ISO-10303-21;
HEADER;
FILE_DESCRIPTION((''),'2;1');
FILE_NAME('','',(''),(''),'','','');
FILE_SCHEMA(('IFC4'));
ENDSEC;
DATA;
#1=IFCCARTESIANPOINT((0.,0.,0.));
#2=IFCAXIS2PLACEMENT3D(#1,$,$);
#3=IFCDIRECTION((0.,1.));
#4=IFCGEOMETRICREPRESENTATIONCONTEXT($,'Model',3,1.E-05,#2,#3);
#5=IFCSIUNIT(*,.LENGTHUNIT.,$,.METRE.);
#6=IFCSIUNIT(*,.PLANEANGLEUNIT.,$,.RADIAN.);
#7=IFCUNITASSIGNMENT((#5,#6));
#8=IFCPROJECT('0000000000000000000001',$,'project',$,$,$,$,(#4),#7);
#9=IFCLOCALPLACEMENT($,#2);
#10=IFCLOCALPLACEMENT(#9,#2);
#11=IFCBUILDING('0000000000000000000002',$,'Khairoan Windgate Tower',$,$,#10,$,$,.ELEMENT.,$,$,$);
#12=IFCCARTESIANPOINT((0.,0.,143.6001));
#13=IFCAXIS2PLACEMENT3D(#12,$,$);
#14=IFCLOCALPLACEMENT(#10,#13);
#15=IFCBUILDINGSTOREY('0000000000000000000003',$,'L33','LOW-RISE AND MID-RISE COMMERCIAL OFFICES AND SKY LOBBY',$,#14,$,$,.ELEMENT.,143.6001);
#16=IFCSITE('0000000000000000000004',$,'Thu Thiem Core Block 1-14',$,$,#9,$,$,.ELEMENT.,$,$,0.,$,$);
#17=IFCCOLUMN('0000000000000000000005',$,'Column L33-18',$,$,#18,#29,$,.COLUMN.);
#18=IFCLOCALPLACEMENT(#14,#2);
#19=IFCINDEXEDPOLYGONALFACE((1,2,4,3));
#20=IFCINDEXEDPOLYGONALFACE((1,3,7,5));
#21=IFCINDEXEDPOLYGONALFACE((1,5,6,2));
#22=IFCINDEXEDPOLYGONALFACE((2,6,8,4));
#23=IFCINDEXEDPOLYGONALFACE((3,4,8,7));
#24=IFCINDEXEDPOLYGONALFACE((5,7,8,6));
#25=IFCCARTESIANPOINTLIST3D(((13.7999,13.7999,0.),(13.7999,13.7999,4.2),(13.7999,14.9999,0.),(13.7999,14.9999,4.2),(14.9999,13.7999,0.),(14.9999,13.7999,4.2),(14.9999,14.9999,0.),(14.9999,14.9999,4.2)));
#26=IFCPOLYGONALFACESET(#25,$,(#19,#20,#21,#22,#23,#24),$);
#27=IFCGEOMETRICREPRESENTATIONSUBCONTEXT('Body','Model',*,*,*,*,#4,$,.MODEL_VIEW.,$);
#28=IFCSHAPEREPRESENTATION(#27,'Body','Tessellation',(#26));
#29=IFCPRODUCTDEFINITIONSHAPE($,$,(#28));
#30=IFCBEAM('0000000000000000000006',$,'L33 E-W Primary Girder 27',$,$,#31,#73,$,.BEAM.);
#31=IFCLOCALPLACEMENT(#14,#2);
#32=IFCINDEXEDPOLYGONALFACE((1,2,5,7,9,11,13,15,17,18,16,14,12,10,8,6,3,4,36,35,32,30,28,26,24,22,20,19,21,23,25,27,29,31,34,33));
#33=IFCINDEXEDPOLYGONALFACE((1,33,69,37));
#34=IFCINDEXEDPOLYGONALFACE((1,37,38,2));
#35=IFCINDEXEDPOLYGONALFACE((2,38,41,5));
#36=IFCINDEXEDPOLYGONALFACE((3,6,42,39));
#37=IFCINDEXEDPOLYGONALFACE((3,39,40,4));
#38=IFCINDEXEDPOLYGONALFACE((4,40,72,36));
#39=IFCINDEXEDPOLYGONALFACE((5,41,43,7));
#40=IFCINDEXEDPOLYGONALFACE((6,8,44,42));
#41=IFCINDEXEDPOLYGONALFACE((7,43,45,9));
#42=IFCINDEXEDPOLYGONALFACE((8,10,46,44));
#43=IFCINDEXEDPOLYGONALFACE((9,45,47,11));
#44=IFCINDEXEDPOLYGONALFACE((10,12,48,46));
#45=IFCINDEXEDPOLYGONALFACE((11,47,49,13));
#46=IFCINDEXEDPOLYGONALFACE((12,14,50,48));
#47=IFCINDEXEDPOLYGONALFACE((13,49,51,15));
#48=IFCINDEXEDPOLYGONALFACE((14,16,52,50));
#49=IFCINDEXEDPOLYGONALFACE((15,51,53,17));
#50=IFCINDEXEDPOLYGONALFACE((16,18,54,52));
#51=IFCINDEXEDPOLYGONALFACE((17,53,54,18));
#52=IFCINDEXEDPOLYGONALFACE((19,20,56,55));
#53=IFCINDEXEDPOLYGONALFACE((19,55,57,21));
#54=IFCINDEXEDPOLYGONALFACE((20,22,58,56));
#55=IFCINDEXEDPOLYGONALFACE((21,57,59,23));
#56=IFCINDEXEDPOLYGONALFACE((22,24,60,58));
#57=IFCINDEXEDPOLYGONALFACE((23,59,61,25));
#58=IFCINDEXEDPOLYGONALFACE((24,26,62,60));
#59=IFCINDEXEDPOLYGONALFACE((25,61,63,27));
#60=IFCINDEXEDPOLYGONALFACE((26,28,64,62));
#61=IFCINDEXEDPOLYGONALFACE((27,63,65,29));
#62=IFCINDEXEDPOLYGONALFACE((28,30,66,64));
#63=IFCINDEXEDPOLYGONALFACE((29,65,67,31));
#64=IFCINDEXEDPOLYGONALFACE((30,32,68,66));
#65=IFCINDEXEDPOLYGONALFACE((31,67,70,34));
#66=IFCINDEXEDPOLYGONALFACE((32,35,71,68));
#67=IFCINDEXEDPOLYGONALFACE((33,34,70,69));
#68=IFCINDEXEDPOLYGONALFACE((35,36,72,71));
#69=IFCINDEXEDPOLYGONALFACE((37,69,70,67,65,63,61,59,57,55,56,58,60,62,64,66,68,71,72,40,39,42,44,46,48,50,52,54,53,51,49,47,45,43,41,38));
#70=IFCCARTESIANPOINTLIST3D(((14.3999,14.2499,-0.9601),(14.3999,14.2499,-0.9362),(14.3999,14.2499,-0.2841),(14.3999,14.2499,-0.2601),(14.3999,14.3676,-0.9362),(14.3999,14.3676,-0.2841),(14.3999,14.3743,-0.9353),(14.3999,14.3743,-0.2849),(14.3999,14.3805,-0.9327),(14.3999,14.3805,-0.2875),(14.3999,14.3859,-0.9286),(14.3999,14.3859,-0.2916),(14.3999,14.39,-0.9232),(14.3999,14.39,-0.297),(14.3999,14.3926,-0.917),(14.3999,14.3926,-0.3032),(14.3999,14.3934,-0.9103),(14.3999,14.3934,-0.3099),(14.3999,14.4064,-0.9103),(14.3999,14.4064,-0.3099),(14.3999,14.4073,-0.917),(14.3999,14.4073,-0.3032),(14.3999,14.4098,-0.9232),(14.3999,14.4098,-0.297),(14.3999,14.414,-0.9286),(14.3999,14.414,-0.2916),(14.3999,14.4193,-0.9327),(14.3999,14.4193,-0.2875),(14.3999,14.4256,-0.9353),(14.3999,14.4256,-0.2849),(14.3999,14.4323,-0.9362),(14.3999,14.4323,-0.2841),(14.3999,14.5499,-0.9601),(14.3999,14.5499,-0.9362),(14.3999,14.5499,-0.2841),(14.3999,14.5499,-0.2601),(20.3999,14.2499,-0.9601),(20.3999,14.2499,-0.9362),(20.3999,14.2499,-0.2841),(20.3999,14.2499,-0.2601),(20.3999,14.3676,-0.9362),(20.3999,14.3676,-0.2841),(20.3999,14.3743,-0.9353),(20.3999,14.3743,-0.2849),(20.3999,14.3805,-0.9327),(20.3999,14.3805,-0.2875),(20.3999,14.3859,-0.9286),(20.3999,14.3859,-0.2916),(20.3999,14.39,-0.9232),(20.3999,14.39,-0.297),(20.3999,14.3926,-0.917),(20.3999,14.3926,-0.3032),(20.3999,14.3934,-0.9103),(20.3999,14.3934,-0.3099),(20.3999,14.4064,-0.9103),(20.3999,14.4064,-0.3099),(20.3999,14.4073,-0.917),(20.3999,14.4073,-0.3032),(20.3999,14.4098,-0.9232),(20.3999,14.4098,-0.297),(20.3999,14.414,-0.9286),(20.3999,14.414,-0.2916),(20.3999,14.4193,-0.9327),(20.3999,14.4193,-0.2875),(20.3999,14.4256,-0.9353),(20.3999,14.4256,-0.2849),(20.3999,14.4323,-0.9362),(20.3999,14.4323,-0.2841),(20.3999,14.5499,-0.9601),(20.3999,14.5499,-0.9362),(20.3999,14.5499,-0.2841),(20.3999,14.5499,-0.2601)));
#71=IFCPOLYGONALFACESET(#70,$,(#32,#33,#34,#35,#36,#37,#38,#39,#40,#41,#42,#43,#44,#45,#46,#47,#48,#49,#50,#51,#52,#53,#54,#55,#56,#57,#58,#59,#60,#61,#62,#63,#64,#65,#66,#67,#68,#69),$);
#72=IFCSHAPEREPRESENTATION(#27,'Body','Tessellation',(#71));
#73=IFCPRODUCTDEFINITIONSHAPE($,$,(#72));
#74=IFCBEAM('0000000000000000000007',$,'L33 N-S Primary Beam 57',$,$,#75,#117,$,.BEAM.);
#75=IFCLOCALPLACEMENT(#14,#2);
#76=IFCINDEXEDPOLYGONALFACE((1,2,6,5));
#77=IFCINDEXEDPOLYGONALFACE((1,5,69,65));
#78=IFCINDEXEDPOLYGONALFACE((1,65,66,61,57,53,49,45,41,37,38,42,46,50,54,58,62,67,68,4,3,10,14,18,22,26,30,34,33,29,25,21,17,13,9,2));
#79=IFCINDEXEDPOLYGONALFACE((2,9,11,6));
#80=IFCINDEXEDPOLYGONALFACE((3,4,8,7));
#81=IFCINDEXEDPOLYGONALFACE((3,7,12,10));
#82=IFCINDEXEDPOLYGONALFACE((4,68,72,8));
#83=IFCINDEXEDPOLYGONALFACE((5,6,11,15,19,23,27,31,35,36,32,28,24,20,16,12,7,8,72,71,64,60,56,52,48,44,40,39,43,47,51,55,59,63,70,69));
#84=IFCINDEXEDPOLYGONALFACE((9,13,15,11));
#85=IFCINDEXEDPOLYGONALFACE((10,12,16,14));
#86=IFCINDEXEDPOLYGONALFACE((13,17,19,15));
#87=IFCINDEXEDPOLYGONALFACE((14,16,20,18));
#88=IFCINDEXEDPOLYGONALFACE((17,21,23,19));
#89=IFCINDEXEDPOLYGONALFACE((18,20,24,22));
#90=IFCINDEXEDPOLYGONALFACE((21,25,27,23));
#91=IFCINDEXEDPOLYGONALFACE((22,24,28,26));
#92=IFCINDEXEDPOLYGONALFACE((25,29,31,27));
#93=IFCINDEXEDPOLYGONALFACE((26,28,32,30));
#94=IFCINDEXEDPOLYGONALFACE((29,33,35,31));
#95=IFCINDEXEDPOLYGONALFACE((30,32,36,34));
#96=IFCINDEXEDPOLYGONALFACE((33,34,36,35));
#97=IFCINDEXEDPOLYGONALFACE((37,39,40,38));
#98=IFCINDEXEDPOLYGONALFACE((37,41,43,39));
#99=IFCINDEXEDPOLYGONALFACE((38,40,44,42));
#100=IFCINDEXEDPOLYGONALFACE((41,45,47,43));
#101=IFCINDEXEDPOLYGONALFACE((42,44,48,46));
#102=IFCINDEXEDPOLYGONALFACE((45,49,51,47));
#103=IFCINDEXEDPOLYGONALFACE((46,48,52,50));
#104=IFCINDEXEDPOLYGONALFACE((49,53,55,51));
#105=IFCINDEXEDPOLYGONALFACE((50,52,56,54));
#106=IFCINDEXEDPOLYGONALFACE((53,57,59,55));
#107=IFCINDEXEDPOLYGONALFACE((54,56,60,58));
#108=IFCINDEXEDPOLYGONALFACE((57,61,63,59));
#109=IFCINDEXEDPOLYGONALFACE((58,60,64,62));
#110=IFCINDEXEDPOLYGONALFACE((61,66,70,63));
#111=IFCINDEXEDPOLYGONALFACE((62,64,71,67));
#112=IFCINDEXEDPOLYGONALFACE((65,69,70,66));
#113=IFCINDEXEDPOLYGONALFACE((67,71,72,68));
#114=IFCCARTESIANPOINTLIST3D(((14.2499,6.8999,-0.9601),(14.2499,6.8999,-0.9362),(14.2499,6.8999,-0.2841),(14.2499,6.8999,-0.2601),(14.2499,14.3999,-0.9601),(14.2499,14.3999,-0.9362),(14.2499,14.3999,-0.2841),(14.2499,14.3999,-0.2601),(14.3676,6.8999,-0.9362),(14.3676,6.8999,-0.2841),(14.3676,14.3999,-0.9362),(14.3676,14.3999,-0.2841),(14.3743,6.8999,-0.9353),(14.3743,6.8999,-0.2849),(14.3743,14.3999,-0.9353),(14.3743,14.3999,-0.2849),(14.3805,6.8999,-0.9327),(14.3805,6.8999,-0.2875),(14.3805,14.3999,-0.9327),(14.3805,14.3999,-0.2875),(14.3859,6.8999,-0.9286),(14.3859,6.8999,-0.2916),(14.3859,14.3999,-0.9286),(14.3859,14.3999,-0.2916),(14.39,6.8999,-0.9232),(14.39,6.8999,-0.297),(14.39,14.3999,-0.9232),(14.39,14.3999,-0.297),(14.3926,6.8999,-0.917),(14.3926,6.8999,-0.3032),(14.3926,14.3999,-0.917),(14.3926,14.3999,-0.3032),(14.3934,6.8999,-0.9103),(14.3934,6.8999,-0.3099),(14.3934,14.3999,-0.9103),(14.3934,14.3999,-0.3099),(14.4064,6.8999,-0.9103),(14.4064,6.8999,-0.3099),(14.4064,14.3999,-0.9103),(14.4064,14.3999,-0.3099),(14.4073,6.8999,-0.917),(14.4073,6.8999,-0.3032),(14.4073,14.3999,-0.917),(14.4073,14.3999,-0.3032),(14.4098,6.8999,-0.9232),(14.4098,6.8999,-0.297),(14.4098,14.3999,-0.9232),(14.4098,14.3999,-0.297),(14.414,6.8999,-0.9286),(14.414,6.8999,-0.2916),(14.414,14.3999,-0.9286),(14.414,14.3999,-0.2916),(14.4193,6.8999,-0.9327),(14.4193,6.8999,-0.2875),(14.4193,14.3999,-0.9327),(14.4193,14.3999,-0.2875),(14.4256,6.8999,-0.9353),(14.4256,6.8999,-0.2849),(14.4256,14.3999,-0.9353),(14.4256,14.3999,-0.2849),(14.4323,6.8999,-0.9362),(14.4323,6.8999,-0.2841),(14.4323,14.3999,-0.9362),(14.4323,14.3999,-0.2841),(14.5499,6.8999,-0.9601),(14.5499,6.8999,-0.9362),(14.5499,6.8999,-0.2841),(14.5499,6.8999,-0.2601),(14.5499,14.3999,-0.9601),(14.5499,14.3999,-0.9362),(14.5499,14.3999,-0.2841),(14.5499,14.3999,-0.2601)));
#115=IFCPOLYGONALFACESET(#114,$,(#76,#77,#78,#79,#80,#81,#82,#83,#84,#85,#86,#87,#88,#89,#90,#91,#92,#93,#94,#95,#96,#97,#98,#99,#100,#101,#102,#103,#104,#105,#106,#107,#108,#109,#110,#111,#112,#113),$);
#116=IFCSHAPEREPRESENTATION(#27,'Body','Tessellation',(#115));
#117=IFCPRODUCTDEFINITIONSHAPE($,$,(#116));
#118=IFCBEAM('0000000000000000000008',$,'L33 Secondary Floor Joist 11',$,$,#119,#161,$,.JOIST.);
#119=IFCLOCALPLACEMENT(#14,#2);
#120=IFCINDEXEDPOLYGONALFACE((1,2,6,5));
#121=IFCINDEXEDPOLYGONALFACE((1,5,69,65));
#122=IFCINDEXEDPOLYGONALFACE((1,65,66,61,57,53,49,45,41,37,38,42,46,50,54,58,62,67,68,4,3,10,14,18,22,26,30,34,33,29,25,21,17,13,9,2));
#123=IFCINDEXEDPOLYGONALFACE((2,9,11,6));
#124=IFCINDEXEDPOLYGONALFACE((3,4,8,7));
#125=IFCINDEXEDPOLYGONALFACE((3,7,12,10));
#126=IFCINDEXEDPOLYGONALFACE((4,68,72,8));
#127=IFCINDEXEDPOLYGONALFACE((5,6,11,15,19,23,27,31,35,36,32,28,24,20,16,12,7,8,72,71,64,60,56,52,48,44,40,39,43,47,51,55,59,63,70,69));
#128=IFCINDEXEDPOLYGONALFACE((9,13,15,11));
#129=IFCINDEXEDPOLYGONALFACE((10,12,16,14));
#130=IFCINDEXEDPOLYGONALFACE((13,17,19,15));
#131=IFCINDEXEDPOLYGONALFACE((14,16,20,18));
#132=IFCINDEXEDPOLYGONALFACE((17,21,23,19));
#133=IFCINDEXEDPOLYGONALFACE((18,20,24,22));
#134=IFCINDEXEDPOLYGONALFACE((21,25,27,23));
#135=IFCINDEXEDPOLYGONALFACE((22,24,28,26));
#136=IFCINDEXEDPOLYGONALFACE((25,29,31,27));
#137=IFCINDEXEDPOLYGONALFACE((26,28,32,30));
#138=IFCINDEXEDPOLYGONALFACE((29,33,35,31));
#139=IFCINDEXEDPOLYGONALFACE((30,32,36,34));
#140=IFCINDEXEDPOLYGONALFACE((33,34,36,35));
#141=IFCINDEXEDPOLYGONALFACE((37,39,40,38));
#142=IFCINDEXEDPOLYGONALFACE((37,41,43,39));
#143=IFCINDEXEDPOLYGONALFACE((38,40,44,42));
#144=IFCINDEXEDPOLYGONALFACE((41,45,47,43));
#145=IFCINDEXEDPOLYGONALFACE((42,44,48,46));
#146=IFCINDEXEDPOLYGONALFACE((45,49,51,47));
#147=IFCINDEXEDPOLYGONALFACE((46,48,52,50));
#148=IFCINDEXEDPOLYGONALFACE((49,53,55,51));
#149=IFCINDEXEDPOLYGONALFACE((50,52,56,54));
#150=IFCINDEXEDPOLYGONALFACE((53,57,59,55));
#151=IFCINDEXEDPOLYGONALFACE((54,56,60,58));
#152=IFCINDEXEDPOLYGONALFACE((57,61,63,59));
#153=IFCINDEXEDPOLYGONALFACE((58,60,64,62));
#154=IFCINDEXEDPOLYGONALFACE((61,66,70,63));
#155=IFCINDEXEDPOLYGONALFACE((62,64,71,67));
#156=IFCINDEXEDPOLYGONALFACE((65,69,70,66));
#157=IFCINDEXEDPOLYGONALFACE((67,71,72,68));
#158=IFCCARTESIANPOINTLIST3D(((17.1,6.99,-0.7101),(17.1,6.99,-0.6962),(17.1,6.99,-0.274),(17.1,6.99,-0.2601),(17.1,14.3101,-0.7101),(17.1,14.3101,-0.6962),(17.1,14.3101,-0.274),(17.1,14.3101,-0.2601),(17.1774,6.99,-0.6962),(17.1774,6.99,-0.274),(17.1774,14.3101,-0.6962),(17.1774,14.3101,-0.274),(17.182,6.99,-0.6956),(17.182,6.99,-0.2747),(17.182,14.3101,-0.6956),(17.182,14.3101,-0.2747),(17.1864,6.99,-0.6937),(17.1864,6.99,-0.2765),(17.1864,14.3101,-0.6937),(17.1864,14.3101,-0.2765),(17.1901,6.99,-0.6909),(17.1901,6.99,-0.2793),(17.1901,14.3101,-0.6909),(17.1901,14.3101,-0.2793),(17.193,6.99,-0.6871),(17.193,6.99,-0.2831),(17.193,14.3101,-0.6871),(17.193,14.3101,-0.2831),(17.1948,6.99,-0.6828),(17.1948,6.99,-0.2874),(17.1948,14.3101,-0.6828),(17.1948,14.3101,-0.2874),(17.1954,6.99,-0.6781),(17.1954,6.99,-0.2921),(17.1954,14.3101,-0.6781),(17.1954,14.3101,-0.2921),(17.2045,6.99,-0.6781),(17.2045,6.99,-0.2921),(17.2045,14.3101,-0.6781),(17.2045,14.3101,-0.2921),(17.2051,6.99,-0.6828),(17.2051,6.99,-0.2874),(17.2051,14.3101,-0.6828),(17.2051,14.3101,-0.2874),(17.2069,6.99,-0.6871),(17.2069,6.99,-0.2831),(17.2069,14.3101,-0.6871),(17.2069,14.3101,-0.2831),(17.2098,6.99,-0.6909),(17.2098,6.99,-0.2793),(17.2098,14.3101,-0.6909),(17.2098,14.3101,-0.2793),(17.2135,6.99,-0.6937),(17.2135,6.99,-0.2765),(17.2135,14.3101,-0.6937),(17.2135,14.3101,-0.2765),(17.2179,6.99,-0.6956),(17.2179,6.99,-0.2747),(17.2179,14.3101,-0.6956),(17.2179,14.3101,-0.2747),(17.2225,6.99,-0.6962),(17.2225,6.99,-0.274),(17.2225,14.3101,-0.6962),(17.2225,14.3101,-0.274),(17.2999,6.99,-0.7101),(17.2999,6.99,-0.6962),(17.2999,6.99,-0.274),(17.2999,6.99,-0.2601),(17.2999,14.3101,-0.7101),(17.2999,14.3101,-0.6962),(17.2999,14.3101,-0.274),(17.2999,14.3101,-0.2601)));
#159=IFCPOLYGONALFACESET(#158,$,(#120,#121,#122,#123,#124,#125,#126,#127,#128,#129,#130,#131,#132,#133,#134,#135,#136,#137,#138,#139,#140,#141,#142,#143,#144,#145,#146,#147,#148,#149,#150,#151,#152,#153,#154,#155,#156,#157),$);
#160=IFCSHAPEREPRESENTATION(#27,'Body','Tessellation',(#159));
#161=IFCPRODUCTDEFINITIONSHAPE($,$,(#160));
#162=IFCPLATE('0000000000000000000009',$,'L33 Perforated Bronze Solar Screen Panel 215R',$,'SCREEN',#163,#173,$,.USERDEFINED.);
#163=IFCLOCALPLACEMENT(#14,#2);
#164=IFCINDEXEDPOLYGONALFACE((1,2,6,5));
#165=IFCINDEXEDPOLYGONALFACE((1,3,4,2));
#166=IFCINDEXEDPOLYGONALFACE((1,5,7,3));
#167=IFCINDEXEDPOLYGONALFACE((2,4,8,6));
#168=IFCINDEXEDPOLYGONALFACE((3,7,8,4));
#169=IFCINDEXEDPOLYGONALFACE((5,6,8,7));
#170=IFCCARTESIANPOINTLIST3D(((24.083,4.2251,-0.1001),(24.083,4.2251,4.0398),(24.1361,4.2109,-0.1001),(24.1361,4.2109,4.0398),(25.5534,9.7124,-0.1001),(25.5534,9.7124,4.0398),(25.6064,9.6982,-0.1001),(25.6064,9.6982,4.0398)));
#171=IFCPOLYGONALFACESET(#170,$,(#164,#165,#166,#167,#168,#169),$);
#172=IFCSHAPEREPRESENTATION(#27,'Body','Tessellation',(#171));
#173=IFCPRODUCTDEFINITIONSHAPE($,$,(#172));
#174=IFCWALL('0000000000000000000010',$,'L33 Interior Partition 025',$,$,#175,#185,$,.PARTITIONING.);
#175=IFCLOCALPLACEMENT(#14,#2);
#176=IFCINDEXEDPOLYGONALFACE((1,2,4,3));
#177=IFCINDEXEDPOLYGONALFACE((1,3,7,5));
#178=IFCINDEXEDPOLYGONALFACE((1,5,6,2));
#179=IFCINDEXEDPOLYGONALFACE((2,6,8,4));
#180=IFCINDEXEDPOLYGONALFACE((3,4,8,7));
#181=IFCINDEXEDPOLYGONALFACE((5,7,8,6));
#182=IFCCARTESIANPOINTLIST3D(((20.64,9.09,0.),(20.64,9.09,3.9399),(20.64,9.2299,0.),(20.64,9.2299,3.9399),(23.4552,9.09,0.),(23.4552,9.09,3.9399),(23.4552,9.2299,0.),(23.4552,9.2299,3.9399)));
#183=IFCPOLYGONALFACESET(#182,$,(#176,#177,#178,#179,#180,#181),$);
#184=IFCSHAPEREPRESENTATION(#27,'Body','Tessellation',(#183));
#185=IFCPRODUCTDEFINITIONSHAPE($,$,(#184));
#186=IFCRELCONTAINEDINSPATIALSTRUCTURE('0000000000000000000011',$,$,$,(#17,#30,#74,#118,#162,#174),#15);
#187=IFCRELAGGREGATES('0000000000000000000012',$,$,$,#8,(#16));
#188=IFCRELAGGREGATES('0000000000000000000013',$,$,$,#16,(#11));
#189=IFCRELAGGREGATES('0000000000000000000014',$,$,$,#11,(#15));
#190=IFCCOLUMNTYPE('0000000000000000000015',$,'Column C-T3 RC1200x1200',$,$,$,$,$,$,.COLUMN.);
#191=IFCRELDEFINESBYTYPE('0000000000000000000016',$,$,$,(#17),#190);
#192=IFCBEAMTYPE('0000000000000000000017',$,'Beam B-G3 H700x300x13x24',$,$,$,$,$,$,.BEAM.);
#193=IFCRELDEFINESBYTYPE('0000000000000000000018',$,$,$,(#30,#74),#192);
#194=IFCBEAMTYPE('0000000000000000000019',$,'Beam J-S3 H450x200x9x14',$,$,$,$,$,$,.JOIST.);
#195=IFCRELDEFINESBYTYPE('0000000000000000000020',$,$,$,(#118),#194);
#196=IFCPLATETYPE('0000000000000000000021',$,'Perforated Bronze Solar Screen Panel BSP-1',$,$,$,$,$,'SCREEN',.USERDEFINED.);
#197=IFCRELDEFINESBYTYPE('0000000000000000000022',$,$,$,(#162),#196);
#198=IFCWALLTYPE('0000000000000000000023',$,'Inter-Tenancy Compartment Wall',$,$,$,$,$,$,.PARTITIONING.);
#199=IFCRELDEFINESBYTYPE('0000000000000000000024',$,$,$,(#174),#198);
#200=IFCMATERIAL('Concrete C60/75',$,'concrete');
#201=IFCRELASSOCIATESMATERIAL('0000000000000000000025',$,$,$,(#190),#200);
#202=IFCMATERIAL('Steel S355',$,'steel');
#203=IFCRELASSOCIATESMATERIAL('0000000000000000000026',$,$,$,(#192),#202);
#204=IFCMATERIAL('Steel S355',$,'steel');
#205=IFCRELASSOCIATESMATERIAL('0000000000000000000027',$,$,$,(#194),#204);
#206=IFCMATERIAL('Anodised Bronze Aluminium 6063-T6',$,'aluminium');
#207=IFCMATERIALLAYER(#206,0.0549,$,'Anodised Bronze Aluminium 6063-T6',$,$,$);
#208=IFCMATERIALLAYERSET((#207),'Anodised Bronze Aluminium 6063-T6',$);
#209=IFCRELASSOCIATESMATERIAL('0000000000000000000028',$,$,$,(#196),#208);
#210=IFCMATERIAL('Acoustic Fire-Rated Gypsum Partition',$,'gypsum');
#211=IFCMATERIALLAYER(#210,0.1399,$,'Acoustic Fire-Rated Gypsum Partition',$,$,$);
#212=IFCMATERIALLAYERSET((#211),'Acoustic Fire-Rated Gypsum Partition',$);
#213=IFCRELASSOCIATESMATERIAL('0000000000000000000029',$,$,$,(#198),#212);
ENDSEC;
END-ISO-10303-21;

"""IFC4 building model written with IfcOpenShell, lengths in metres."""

from ifc_helpers import new_model, si_unit, direction, frame, frame_2d, origin, origin_2d, place, context, subcontext, project, spatial, rectangle, i_section, extrude, material, layer, layer_set, material_profile, profile_set, type_object, element, save


model = new_model("IFC4")

# Units and contexts
model_context = context("Model", 3, precision=1e-05, world=origin(), true_north=direction((0.0, 1.0)))
body_context = subcontext(model_context, "Body", "Model", "MODEL_VIEW")
ifc_project = project(units=[si_unit("LENGTHUNIT", "METRE"), si_unit("PLANEANGLEUNIT", "RADIAN")], contexts=[model_context])

# Site, building, storey
site_placement = place(None, origin())
site = spatial("IfcSite", under=ifc_project, at=site_placement, Name="Thu Thiem Core Block 1-14", CompositionType="ELEMENT", RefElevation=0.0)
building_placement = place(site_placement, origin())
building = spatial("IfcBuilding", under=site, at=building_placement, Name="Khairoan Windgate Tower", CompositionType="ELEMENT")
storey_placement = place(building_placement, frame((0.0, 0.0, 143.6001)))
storey = spatial("IfcBuildingStorey", under=building, at=storey_placement, Name="L33", Description="LOW-RISE AND MID-RISE COMMERCIAL OFFICES AND SKY LOBBY", CompositionType="ELEMENT", Elevation=143.6001)

# Column
ifc_material_1 = material(Name="Concrete C60/75", Category="concrete")
ifc_material_profile_1 = material_profile(ifc_material_1, rectangle(XDim=1.2, YDim=1.2, at=origin_2d()))
ifc_profile_set_1 = profile_set([ifc_material_profile_1], Name="Concrete C60/75")
column_type = type_object("IfcColumnType", Name="Column C-T3 RC1200x1200", PredefinedType="COLUMN", material=ifc_profile_set_1)
column_placement = place(storey_placement, frame((14.3999, 14.3999, 0.0), z_axis=(0.0, 0.0, 1.0), x_axis=(1.0, 0.0, 0.0)))
element("IfcColumn", 1, at=column_placement, inside=storey, type_object=column_type, Name="Column L33-18", PredefinedType="COLUMN", context=body_context, shape_type="SweptSolid", body=[
    extrude(rectangle(XDim=1.2, YDim=1.2, at=origin_2d()), origin(), (0.0, 0.0, 1.0), 4.2),
])

# Beams
ifc_material_2 = material(Name="Steel S355", Category="steel")
ifc_material_profile_2 = material_profile(ifc_material_2, i_section(OverallWidth=0.3, OverallDepth=0.7, WebThickness=0.0129, FlangeThickness=0.0239, FilletRadius=0.0259, at=origin_2d()))
ifc_profile_set_2 = profile_set([ifc_material_profile_2], Name="Steel S355")
beam_type_1 = type_object("IfcBeamType", Name="Beam B-G3 H700x300x13x24", PredefinedType="BEAM", material=ifc_profile_set_2)
beam_1_placement = place(storey_placement, frame((14.3999, 14.3999, -0.6101), z_axis=(1.0, 0.0, 0.0), x_axis=(0.0, 1.0, 0.0)))
element("IfcBeam", 2, at=beam_1_placement, inside=storey, type_object=beam_type_1, Name="L33 E-W Primary Girder 27", PredefinedType="BEAM", context=body_context, shape_type="SweptSolid", body=[
    extrude(i_section(OverallWidth=0.3, OverallDepth=0.7, WebThickness=0.0129, FlangeThickness=0.0239, FilletRadius=0.0259, at=origin_2d()), origin(), (0.0, 0.0, 1.0), 6.0),
])
beam_2_placement = place(storey_placement, frame((14.3999, 6.8999, -0.6101), z_axis=(0.0, 1.0, 0.0), x_axis=(-1.0, 0.0, 0.0)))
element("IfcBeam", 3, at=beam_2_placement, inside=storey, type_object=beam_type_1, Name="L33 N-S Primary Beam 57", PredefinedType="BEAM", context=body_context, shape_type="SweptSolid", body=[
    extrude(i_section(OverallWidth=0.3, OverallDepth=0.7, WebThickness=0.0129, FlangeThickness=0.0239, FilletRadius=0.0259, at=origin_2d()), origin(), (0.0, 0.0, 1.0), 7.5),
])
ifc_material_3 = material(Name="Steel S355", Category="steel")
ifc_material_profile_3 = material_profile(ifc_material_3, i_section(OverallWidth=0.2, OverallDepth=0.45, WebThickness=0.009, FlangeThickness=0.0139, FilletRadius=0.0181, at=origin_2d()))
ifc_profile_set_3 = profile_set([ifc_material_profile_3], Name="Steel S355")
beam_type_2 = type_object("IfcBeamType", Name="Beam J-S3 H450x200x9x14", PredefinedType="JOIST", material=ifc_profile_set_3)
beam_3_placement = place(storey_placement, frame((17.2, 6.99, -0.4851), z_axis=(0.0, 1.0, 0.0), x_axis=(-1.0, 0.0, 0.0)))
element("IfcBeam", 4, at=beam_3_placement, inside=storey, type_object=beam_type_2, Name="L33 Secondary Floor Joist 11", PredefinedType="JOIST", context=body_context, shape_type="SweptSolid", body=[
    extrude(i_section(OverallWidth=0.2, OverallDepth=0.45, WebThickness=0.009, FlangeThickness=0.0139, FilletRadius=0.0181, at=origin_2d()), origin(), (0.0, 0.0, 1.0), 7.3201),
])

# Plate
ifc_material_4 = material(Name="Anodised Bronze Aluminium 6063-T6", Category="aluminium")
ifc_layer_1 = layer(ifc_material_4, 0.0549, Name="Anodised Bronze Aluminium 6063-T6")
ifc_layer_set_1 = layer_set([ifc_layer_1], Name="Anodised Bronze Aluminium 6063-T6")
plate_type = type_object("IfcPlateType", Name="Perforated Bronze Solar Screen Panel BSP-1", ElementType="SCREEN", PredefinedType="USERDEFINED", material=ifc_layer_set_1)
plate_placement = place(storey_placement, frame((24.8447, 6.9617, -0.1001), z_axis=(0.0, 0.0, 1.0), x_axis=(-0.258819, -0.965926, 0.0)))
element("IfcPlate", 5, at=plate_placement, inside=storey, type_object=plate_type, Name="L33 Perforated Bronze Solar Screen Panel 215R", ObjectType="SCREEN", PredefinedType="USERDEFINED", context=body_context, shape_type="SweptSolid", body=[
    extrude(rectangle(XDim=5.6809, YDim=0.0549, at=origin_2d()), origin(), (0.0, 0.0, 1.0), 4.1399),
])

# Wall
ifc_material_5 = material(Name="Acoustic Fire-Rated Gypsum Partition", Category="gypsum")
ifc_layer_2 = layer(ifc_material_5, 0.1399, Name="Acoustic Fire-Rated Gypsum Partition")
ifc_layer_set_2 = layer_set([ifc_layer_2], Name="Acoustic Fire-Rated Gypsum Partition")
wall_type_1 = type_object("IfcWallType", Name="Inter-Tenancy Compartment Wall", PredefinedType="PARTITIONING", material=ifc_layer_set_2)
wall_1_placement = place(storey_placement, frame((20.6399, 9.1599, 0.0), z_axis=(0.0, 0.0, 1.0), x_axis=(1.0, 0.0, 0.0)))
element("IfcWall", 6, at=wall_1_placement, inside=storey, type_object=wall_type_1, Name="L33 Interior Partition 025", PredefinedType="PARTITIONING", context=body_context, shape_type="SweptSolid", body=[
    extrude(rectangle(XDim=2.8152, YDim=0.1399, at=frame_2d((1.4077, 0.0))), origin(), (0.0, 0.0, 1.0), 3.9399),
])

save(model, "model.ifc")
